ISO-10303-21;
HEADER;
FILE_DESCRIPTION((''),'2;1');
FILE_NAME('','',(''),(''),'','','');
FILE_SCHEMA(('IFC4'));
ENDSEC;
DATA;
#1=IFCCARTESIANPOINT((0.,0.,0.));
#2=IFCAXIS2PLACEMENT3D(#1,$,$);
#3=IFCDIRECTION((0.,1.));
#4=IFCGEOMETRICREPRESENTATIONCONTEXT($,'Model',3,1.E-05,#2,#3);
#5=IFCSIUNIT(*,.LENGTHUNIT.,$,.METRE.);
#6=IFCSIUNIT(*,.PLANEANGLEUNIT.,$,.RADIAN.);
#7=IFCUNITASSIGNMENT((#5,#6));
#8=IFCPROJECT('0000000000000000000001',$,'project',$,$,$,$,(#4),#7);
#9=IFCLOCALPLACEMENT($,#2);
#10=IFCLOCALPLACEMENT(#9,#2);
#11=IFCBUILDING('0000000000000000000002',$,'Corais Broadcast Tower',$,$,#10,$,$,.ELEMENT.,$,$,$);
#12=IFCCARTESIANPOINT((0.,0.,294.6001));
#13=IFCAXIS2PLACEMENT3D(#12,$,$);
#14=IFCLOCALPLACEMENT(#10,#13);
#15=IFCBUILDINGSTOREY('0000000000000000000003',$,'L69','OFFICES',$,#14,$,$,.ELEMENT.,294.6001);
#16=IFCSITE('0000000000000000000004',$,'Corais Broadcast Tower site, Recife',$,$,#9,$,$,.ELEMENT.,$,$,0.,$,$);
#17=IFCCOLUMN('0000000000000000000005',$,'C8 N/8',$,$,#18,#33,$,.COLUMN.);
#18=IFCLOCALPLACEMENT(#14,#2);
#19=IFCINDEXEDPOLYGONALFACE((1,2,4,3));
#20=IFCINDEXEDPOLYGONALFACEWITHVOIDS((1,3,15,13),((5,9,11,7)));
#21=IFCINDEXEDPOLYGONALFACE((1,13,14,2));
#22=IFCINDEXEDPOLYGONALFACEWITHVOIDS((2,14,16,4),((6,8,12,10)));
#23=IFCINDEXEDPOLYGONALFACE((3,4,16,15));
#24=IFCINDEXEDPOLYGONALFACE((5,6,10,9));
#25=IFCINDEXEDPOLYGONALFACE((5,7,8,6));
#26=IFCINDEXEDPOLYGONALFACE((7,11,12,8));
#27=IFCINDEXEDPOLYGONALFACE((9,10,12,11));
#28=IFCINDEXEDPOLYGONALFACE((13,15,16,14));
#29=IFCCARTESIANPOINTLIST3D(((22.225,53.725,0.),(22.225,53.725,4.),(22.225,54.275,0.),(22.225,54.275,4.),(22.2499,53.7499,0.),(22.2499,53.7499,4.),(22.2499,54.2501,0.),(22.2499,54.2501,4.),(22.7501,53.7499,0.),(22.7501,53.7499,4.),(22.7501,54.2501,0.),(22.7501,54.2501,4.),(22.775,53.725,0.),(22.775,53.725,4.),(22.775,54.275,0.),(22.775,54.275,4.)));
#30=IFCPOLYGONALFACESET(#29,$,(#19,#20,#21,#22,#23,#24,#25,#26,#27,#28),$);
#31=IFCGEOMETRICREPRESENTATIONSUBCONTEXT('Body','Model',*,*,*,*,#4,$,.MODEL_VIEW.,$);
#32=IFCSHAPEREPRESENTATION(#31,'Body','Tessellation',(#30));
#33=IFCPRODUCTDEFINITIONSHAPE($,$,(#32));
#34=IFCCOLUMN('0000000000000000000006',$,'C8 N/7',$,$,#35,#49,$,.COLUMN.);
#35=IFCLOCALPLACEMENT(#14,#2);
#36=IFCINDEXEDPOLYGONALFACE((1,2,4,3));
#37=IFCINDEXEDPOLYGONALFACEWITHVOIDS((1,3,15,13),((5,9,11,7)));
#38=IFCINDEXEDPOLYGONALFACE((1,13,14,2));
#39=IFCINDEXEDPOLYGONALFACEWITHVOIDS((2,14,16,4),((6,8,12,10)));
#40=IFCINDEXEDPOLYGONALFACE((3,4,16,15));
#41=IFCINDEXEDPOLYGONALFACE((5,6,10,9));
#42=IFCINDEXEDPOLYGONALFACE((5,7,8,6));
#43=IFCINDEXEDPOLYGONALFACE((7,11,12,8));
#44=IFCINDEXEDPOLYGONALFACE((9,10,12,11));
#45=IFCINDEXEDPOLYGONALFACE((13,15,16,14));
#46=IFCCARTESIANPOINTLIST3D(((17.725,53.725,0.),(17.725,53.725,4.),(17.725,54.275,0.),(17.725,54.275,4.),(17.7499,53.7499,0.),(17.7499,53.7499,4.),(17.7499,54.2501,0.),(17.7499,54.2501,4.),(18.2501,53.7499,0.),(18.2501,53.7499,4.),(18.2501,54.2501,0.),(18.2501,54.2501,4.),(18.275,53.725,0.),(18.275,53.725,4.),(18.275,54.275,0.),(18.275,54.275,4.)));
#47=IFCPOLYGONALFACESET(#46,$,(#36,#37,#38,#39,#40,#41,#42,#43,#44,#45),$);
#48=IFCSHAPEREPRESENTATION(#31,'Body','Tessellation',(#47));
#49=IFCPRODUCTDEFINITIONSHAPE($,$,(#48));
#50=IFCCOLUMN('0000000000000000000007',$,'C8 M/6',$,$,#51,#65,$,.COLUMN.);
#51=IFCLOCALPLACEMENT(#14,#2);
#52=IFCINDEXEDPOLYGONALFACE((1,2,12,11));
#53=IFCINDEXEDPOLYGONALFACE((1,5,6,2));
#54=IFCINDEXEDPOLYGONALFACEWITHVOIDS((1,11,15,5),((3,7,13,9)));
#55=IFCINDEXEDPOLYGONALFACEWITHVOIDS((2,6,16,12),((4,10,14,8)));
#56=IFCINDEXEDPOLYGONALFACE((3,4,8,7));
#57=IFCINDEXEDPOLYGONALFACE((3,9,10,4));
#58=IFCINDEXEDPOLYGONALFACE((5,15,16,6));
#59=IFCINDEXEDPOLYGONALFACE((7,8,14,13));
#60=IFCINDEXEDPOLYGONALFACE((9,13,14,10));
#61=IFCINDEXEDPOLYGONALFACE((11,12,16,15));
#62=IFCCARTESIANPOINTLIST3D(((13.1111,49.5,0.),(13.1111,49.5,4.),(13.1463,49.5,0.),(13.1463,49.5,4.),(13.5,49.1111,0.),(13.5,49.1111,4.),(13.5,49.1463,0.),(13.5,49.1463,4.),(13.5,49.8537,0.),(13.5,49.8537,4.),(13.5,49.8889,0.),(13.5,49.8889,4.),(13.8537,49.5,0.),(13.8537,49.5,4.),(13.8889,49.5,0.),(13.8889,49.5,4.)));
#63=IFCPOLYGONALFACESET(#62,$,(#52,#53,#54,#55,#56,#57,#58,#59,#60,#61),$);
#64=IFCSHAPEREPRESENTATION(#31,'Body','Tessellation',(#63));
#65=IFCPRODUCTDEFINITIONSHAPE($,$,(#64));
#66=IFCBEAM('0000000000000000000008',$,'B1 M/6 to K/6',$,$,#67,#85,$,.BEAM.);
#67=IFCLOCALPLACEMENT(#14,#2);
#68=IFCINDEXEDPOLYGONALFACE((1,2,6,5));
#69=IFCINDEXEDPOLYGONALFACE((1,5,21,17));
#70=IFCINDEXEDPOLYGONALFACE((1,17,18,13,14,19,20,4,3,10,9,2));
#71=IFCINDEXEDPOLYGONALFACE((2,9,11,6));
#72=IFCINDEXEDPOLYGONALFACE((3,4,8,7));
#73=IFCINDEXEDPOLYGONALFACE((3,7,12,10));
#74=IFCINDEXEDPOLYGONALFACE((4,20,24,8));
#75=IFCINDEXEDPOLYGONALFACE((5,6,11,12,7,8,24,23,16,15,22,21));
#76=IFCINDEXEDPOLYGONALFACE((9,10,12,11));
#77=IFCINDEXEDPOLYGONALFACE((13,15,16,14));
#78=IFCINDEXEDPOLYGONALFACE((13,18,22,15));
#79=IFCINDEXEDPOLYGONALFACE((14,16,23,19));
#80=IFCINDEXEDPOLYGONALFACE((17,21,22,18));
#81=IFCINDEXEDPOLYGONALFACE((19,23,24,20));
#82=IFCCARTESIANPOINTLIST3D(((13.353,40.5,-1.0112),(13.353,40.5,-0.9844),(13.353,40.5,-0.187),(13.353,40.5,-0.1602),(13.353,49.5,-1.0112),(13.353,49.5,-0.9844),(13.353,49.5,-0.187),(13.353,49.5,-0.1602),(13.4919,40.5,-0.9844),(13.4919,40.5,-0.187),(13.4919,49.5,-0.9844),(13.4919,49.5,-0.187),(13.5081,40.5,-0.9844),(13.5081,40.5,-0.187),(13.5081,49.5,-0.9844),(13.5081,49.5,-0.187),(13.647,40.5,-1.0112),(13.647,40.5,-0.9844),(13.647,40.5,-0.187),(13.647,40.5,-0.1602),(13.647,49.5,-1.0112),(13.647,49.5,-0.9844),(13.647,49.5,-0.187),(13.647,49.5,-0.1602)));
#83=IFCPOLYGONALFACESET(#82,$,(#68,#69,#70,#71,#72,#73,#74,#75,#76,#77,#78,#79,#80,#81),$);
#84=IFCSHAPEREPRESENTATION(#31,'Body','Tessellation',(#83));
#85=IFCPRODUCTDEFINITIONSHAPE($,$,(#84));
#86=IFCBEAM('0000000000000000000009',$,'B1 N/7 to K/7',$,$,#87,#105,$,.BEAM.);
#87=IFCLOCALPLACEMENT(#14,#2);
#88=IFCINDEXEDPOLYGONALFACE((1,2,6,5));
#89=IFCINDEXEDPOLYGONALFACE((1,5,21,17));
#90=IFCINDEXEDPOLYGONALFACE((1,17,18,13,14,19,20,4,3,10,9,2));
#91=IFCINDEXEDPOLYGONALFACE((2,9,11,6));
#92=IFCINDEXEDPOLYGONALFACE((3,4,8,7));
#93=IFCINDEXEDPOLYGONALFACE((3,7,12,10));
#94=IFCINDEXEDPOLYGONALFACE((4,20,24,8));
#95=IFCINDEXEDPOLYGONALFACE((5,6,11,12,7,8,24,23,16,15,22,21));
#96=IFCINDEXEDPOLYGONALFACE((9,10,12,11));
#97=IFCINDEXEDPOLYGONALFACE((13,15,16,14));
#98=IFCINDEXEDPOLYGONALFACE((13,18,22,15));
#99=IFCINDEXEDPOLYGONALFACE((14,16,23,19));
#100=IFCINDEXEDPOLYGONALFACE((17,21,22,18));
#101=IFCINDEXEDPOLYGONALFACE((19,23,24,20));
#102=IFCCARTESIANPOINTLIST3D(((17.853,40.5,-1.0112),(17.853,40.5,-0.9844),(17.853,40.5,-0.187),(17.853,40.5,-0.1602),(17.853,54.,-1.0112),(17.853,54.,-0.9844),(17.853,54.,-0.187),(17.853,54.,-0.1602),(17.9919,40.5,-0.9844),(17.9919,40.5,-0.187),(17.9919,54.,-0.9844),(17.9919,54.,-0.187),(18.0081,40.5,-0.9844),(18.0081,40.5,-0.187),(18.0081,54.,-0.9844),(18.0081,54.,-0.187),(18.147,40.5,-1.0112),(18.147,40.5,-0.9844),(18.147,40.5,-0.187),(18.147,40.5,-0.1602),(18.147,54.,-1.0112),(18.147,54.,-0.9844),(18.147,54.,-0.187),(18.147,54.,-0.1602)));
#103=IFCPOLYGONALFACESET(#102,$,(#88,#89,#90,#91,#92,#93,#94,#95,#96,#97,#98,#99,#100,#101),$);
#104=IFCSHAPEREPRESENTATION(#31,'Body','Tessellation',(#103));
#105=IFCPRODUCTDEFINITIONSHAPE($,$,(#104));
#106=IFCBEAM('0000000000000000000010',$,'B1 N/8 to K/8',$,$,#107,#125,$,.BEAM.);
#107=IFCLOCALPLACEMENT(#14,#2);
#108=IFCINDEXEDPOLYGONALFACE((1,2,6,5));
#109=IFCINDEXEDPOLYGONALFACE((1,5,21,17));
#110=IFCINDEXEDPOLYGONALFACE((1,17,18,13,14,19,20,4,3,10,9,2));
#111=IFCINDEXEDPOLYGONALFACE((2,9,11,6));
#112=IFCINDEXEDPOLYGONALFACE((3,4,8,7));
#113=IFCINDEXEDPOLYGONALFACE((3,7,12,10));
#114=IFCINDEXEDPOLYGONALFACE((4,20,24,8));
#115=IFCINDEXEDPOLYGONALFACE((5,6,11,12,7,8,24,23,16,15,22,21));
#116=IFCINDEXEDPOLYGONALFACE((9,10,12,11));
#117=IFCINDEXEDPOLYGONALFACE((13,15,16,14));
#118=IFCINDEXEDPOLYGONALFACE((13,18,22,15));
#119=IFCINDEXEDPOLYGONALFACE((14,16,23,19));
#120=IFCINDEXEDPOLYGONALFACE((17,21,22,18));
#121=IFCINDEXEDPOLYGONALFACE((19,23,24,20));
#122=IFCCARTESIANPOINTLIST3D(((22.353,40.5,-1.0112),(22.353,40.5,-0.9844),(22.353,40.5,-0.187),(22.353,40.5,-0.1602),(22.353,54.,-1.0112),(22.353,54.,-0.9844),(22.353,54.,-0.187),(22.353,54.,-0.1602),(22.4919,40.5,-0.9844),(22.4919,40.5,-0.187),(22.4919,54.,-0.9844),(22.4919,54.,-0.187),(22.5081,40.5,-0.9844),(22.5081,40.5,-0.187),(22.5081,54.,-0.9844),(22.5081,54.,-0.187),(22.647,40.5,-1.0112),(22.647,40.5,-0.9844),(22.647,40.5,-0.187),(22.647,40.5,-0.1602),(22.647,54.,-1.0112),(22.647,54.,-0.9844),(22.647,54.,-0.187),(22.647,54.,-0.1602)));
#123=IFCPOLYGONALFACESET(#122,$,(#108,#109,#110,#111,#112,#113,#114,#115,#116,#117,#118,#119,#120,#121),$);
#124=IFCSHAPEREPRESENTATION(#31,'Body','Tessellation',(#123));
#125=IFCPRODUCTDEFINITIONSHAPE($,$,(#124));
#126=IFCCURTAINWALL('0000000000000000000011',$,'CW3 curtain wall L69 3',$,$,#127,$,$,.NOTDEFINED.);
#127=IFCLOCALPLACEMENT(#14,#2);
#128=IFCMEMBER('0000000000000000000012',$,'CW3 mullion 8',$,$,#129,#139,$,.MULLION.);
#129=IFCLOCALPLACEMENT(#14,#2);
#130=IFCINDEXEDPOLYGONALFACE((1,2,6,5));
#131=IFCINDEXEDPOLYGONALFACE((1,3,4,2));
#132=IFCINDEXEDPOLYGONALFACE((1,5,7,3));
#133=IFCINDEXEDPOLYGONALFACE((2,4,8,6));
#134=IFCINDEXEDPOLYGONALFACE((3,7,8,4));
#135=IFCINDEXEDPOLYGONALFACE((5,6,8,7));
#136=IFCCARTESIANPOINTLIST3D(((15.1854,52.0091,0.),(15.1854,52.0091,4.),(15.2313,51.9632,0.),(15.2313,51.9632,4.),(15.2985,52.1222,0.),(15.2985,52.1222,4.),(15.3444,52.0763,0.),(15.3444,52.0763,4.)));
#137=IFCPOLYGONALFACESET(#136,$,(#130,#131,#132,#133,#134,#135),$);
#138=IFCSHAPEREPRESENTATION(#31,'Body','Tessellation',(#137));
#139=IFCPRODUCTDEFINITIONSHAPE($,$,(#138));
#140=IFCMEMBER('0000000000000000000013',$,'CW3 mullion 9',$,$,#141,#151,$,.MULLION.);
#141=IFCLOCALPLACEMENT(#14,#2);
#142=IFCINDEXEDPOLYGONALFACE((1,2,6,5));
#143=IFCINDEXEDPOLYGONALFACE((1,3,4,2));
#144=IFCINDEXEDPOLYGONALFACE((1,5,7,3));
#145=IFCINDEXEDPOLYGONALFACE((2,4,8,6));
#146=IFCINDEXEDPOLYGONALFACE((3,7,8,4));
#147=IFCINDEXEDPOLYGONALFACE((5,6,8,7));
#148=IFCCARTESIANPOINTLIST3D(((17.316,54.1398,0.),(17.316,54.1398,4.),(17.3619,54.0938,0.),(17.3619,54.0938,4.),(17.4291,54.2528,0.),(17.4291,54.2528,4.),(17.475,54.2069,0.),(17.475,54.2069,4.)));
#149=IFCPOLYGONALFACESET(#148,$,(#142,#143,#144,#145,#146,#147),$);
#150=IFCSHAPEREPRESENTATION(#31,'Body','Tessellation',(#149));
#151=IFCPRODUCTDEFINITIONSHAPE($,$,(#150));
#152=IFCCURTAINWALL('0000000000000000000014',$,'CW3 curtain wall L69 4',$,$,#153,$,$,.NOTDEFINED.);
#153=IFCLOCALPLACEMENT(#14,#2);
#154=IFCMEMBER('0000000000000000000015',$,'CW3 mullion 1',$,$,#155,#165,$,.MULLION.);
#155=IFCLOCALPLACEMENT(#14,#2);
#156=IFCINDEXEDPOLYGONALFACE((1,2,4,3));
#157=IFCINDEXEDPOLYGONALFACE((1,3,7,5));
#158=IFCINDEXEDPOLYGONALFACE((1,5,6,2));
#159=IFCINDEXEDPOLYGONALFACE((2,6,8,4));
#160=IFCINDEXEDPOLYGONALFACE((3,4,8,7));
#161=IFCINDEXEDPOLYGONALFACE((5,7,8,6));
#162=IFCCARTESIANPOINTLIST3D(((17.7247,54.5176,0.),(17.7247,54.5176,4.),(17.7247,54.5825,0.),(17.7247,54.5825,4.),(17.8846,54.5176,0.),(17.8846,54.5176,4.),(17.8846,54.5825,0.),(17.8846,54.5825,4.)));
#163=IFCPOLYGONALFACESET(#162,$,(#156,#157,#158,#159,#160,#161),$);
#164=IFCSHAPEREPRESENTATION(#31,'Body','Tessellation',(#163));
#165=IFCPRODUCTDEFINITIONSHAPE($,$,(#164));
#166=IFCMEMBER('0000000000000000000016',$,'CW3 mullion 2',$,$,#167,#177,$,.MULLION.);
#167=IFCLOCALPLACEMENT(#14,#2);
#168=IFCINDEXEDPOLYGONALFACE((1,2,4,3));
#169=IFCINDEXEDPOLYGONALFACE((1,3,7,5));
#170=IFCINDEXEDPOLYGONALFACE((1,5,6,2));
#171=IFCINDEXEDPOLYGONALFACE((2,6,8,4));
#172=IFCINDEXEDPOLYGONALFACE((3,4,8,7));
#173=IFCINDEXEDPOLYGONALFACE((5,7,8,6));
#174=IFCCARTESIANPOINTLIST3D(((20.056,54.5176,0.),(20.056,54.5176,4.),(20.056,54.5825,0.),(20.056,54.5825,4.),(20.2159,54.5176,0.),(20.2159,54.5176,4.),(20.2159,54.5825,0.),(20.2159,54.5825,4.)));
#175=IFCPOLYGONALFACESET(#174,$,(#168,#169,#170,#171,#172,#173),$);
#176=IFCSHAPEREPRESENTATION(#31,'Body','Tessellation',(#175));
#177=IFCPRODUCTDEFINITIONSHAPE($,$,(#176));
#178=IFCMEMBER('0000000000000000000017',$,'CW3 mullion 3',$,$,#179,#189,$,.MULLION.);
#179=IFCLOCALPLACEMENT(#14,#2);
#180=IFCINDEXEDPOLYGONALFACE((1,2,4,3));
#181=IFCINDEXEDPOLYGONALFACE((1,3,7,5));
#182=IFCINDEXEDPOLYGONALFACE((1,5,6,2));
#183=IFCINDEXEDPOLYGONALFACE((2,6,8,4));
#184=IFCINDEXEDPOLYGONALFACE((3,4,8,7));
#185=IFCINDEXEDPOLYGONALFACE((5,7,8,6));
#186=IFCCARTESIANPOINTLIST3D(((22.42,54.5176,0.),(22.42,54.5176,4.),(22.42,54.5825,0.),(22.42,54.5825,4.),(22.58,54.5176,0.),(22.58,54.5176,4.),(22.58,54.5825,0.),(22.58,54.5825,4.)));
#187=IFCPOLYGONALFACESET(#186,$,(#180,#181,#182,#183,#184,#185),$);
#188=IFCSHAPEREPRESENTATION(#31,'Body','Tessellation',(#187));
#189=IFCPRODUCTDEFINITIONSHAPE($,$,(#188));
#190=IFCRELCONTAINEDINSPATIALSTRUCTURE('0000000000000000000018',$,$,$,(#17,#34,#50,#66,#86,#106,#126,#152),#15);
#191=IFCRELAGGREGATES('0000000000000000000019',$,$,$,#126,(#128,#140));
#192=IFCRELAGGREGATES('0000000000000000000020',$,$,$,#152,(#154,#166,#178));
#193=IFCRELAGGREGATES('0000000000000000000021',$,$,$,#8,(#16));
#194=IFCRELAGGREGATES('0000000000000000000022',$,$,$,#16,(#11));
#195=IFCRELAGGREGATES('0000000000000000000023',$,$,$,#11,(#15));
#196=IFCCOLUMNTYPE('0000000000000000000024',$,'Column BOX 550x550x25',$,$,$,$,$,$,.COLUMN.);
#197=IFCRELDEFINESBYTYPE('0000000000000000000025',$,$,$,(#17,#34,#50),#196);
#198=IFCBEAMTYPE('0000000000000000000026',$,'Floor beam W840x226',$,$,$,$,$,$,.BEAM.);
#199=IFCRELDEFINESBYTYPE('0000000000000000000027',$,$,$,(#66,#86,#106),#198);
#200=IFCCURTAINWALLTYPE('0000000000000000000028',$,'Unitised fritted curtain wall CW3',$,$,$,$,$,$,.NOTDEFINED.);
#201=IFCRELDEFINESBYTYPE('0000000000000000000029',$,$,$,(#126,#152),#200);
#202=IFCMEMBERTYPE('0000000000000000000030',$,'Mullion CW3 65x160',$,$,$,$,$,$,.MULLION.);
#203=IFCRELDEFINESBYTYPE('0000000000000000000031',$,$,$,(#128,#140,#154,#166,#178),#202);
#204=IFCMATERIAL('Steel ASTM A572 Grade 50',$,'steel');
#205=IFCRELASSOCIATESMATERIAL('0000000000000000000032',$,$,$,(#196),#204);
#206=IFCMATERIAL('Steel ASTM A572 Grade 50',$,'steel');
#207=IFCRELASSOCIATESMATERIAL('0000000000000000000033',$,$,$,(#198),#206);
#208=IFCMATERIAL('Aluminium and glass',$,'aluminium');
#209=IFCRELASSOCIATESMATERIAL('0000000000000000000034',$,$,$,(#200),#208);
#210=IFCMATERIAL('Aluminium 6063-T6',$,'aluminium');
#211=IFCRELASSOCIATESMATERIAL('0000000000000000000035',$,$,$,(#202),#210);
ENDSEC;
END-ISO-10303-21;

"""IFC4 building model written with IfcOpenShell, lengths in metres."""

from ifc_helpers import new_model, si_unit, direction, frame, origin, origin_2d, place, context, subcontext, project, spatial, rectangle, hollow_rectangle, i_section, extrude, material, material_profile, profile_set, type_object, element, aggregate, save


model = new_model("IFC4")

# Units and contexts
model_context = context("Model", 3, precision=1e-05, world=origin(), true_north=direction((0.0, 1.0)))
body_context = subcontext(model_context, "Body", "Model", "MODEL_VIEW")
ifc_project = project(units=[si_unit("LENGTHUNIT", "METRE"), si_unit("PLANEANGLEUNIT", "RADIAN")], contexts=[model_context])

# Site, building, storey
site_placement = place(None, origin())
site = spatial("IfcSite", under=ifc_project, at=site_placement, Name="Corais Broadcast Tower site, Recife", CompositionType="ELEMENT", RefElevation=0.0)
building_placement = place(site_placement, origin())
building = spatial("IfcBuilding", under=site, at=building_placement, Name="Corais Broadcast Tower", CompositionType="ELEMENT")
storey_placement = place(building_placement, frame((0.0, 0.0, 294.6001)))
storey = spatial("IfcBuildingStorey", under=building, at=storey_placement, Name="L69", Description="OFFICES", CompositionType="ELEMENT", Elevation=294.6001)

# Columns
ifc_material_1 = material(Name="Steel ASTM A572 Grade 50", Category="steel")
ifc_material_profile_1 = material_profile(ifc_material_1, hollow_rectangle(XDim=0.55, YDim=0.55, WallThickness=0.0249, at=origin_2d()), Name="BOX 550x550x25")
ifc_profile_set_1 = profile_set([ifc_material_profile_1], Name="Steel ASTM A572 Grade 50")
column_type = type_object("IfcColumnType", Name="Column BOX 550x550x25", PredefinedType="COLUMN", material=ifc_profile_set_1)
for number, where, z_axis, x_axis, name in (
    (1, (22.5, 54.0, 0.0), (0.0, 0.0, 1.0), (1.0, 0.0, 0.0), "C8 N/8"),
    (2, (18.0, 54.0, 0.0), (0.0, 0.0, 1.0), (1.0, 0.0, 0.0), "C8 N/7"),
    (3, (13.5, 49.5, 0.0), (0.0, 0.0, 1.0), (0.707107, 0.707107, 0.0), "C8 M/6"),
):
    element("IfcColumn", number, at=place(storey_placement, frame(where, z_axis=z_axis, x_axis=x_axis)), inside=storey, type_object=column_type, Name=name, PredefinedType="COLUMN", context=body_context, shape_type="SweptSolid", body=[
        extrude(hollow_rectangle(XDim=0.55, YDim=0.55, WallThickness=0.0249, at=origin_2d()), origin(), (0.0, 0.0, 1.0), 4.0),
    ])

# Beams
ifc_material_2 = material(Name="Steel ASTM A572 Grade 50", Category="steel")
ifc_material_profile_2 = material_profile(ifc_material_2, i_section(OverallWidth=0.2939, OverallDepth=0.8511, WebThickness=0.0161, FlangeThickness=0.0269, at=origin_2d()), Name="W840x226")
ifc_profile_set_2 = profile_set([ifc_material_profile_2], Name="Steel ASTM A572 Grade 50")
beam_type_1 = type_object("IfcBeamType", Name="Floor beam W840x226", PredefinedType="BEAM", material=ifc_profile_set_2)
beam_1_placement = place(storey_placement, frame((13.5, 49.5, -0.5857), z_axis=(0.0, -1.0, 0.0), x_axis=(1.0, 0.0, 0.0)))
element("IfcBeam", 4, at=beam_1_placement, inside=storey, type_object=beam_type_1, Name="B1 M/6 to K/6", PredefinedType="BEAM", context=body_context, shape_type="SweptSolid", body=[
    extrude(i_section(OverallWidth=0.2939, OverallDepth=0.8511, WebThickness=0.0161, FlangeThickness=0.0269, at=origin_2d()), origin(), (0.0, 0.0, 1.0), 9.0),
])
for number, where, z_axis, x_axis, name in (
    (5, (18.0, 54.0, -0.5857), (0.0, -1.0, 0.0), (1.0, 0.0, 0.0), "B1 N/7 to K/7"),
    (6, (22.5, 54.0, -0.5857), (0.0, -1.0, 0.0), (1.0, 0.0, 0.0), "B1 N/8 to K/8"),
):
    element("IfcBeam", number, at=place(storey_placement, frame(where, z_axis=z_axis, x_axis=x_axis)), inside=storey, type_object=beam_type_1, Name=name, PredefinedType="BEAM", context=body_context, shape_type="SweptSolid", body=[
        extrude(i_section(OverallWidth=0.2939, OverallDepth=0.8511, WebThickness=0.0161, FlangeThickness=0.0269, at=origin_2d()), origin(), (0.0, 0.0, 1.0), 13.5),
    ])

# Curtain walls, members
ifc_material_3 = material(Name="Aluminium and glass", Category="aluminium")
curtain_wall_type = type_object("IfcCurtainWallType", Name="Unitised fritted curtain wall CW3", PredefinedType="NOTDEFINED", material=ifc_material_3)
curtain_wall_1_placement = place(storey_placement, origin())
curtain_wall_1 = element("IfcCurtainWall", 7, at=curtain_wall_1_placement, inside=storey, type_object=curtain_wall_type, Name="CW3 curtain wall L69 3", PredefinedType="NOTDEFINED")
ifc_material_4 = material(Name="Aluminium 6063-T6", Category="aluminium")
ifc_material_profile_3 = material_profile(ifc_material_4, rectangle(XDim=0.0649, YDim=0.1599, at=origin_2d()), Name="Mullion CW3 65x160")
ifc_profile_set_3 = profile_set([ifc_material_profile_3], Name="Aluminium 6063-T6")
member_type_1 = type_object("IfcMemberType", Name="Mullion CW3 65x160", PredefinedType="MULLION", material=ifc_profile_set_3)
member_1_placement = place(storey_placement, frame((15.2649, 52.0427, 0.0), z_axis=(0.0, 0.0, 1.0), x_axis=(-0.707107, 0.707107, 0.0)))
member_1 = element("IfcMember", 8, at=member_1_placement, type_object=member_type_1, Name="CW3 mullion 8", PredefinedType="MULLION", context=body_context, shape_type="SweptSolid", body=[
    extrude(rectangle(XDim=0.0649, YDim=0.1599, at=origin_2d()), origin(), (0.0, 0.0, 1.0), 4.0),
])
member_2_placement = place(storey_placement, frame((17.3955, 54.1733, 0.0), z_axis=(0.0, 0.0, 1.0), x_axis=(-0.707107, 0.707107, 0.0)))
member_2 = element("IfcMember", 9, at=member_2_placement, type_object=member_type_1, Name="CW3 mullion 9", PredefinedType="MULLION", context=body_context, shape_type="SweptSolid", body=[
    extrude(rectangle(XDim=0.0649, YDim=0.1599, at=origin_2d()), origin(), (0.0, 0.0, 1.0), 4.0),
])
curtain_wall_2_placement = place(storey_placement, origin())
curtain_wall_2 = element("IfcCurtainWall", 10, at=curtain_wall_2_placement, inside=storey, type_object=curtain_wall_type, Name="CW3 curtain wall L69 4", PredefinedType="NOTDEFINED")
member_3_placement = place(storey_placement, frame((17.8047, 54.55, 0.0), z_axis=(0.0, 0.0, 1.0), x_axis=(0.0, 1.0, 0.0)))
member_3 = element("IfcMember", 11, at=member_3_placement, type_object=member_type_1, Name="CW3 mullion 1", PredefinedType="MULLION", context=body_context, shape_type="SweptSolid", body=[
    extrude(rectangle(XDim=0.0649, YDim=0.1599, at=origin_2d()), origin(), (0.0, 0.0, 1.0), 4.0),
])
member_4_placement = place(storey_placement, frame((20.136, 54.55, 0.0), z_axis=(0.0, 0.0, 1.0), x_axis=(0.0, 1.0, 0.0)))
member_4 = element("IfcMember", 12, at=member_4_placement, type_object=member_type_1, Name="CW3 mullion 2", PredefinedType="MULLION", context=body_context, shape_type="SweptSolid", body=[
    extrude(rectangle(XDim=0.0649, YDim=0.1599, at=origin_2d()), origin(), (0.0, 0.0, 1.0), 4.0),
])
member_5_placement = place(storey_placement, frame((22.5, 54.55, 0.0), z_axis=(0.0, 0.0, 1.0), x_axis=(0.0, 1.0, 0.0)))
member_5 = element("IfcMember", 13, at=member_5_placement, type_object=member_type_1, Name="CW3 mullion 3", PredefinedType="MULLION", context=body_context, shape_type="SweptSolid", body=[
    extrude(rectangle(XDim=0.0649, YDim=0.1599, at=origin_2d()), origin(), (0.0, 0.0, 1.0), 4.0),
])

aggregate(curtain_wall_1, [member_1, member_2])
aggregate(curtain_wall_2, [member_3, member_4, member_5])

save(model, "model.ifc")
